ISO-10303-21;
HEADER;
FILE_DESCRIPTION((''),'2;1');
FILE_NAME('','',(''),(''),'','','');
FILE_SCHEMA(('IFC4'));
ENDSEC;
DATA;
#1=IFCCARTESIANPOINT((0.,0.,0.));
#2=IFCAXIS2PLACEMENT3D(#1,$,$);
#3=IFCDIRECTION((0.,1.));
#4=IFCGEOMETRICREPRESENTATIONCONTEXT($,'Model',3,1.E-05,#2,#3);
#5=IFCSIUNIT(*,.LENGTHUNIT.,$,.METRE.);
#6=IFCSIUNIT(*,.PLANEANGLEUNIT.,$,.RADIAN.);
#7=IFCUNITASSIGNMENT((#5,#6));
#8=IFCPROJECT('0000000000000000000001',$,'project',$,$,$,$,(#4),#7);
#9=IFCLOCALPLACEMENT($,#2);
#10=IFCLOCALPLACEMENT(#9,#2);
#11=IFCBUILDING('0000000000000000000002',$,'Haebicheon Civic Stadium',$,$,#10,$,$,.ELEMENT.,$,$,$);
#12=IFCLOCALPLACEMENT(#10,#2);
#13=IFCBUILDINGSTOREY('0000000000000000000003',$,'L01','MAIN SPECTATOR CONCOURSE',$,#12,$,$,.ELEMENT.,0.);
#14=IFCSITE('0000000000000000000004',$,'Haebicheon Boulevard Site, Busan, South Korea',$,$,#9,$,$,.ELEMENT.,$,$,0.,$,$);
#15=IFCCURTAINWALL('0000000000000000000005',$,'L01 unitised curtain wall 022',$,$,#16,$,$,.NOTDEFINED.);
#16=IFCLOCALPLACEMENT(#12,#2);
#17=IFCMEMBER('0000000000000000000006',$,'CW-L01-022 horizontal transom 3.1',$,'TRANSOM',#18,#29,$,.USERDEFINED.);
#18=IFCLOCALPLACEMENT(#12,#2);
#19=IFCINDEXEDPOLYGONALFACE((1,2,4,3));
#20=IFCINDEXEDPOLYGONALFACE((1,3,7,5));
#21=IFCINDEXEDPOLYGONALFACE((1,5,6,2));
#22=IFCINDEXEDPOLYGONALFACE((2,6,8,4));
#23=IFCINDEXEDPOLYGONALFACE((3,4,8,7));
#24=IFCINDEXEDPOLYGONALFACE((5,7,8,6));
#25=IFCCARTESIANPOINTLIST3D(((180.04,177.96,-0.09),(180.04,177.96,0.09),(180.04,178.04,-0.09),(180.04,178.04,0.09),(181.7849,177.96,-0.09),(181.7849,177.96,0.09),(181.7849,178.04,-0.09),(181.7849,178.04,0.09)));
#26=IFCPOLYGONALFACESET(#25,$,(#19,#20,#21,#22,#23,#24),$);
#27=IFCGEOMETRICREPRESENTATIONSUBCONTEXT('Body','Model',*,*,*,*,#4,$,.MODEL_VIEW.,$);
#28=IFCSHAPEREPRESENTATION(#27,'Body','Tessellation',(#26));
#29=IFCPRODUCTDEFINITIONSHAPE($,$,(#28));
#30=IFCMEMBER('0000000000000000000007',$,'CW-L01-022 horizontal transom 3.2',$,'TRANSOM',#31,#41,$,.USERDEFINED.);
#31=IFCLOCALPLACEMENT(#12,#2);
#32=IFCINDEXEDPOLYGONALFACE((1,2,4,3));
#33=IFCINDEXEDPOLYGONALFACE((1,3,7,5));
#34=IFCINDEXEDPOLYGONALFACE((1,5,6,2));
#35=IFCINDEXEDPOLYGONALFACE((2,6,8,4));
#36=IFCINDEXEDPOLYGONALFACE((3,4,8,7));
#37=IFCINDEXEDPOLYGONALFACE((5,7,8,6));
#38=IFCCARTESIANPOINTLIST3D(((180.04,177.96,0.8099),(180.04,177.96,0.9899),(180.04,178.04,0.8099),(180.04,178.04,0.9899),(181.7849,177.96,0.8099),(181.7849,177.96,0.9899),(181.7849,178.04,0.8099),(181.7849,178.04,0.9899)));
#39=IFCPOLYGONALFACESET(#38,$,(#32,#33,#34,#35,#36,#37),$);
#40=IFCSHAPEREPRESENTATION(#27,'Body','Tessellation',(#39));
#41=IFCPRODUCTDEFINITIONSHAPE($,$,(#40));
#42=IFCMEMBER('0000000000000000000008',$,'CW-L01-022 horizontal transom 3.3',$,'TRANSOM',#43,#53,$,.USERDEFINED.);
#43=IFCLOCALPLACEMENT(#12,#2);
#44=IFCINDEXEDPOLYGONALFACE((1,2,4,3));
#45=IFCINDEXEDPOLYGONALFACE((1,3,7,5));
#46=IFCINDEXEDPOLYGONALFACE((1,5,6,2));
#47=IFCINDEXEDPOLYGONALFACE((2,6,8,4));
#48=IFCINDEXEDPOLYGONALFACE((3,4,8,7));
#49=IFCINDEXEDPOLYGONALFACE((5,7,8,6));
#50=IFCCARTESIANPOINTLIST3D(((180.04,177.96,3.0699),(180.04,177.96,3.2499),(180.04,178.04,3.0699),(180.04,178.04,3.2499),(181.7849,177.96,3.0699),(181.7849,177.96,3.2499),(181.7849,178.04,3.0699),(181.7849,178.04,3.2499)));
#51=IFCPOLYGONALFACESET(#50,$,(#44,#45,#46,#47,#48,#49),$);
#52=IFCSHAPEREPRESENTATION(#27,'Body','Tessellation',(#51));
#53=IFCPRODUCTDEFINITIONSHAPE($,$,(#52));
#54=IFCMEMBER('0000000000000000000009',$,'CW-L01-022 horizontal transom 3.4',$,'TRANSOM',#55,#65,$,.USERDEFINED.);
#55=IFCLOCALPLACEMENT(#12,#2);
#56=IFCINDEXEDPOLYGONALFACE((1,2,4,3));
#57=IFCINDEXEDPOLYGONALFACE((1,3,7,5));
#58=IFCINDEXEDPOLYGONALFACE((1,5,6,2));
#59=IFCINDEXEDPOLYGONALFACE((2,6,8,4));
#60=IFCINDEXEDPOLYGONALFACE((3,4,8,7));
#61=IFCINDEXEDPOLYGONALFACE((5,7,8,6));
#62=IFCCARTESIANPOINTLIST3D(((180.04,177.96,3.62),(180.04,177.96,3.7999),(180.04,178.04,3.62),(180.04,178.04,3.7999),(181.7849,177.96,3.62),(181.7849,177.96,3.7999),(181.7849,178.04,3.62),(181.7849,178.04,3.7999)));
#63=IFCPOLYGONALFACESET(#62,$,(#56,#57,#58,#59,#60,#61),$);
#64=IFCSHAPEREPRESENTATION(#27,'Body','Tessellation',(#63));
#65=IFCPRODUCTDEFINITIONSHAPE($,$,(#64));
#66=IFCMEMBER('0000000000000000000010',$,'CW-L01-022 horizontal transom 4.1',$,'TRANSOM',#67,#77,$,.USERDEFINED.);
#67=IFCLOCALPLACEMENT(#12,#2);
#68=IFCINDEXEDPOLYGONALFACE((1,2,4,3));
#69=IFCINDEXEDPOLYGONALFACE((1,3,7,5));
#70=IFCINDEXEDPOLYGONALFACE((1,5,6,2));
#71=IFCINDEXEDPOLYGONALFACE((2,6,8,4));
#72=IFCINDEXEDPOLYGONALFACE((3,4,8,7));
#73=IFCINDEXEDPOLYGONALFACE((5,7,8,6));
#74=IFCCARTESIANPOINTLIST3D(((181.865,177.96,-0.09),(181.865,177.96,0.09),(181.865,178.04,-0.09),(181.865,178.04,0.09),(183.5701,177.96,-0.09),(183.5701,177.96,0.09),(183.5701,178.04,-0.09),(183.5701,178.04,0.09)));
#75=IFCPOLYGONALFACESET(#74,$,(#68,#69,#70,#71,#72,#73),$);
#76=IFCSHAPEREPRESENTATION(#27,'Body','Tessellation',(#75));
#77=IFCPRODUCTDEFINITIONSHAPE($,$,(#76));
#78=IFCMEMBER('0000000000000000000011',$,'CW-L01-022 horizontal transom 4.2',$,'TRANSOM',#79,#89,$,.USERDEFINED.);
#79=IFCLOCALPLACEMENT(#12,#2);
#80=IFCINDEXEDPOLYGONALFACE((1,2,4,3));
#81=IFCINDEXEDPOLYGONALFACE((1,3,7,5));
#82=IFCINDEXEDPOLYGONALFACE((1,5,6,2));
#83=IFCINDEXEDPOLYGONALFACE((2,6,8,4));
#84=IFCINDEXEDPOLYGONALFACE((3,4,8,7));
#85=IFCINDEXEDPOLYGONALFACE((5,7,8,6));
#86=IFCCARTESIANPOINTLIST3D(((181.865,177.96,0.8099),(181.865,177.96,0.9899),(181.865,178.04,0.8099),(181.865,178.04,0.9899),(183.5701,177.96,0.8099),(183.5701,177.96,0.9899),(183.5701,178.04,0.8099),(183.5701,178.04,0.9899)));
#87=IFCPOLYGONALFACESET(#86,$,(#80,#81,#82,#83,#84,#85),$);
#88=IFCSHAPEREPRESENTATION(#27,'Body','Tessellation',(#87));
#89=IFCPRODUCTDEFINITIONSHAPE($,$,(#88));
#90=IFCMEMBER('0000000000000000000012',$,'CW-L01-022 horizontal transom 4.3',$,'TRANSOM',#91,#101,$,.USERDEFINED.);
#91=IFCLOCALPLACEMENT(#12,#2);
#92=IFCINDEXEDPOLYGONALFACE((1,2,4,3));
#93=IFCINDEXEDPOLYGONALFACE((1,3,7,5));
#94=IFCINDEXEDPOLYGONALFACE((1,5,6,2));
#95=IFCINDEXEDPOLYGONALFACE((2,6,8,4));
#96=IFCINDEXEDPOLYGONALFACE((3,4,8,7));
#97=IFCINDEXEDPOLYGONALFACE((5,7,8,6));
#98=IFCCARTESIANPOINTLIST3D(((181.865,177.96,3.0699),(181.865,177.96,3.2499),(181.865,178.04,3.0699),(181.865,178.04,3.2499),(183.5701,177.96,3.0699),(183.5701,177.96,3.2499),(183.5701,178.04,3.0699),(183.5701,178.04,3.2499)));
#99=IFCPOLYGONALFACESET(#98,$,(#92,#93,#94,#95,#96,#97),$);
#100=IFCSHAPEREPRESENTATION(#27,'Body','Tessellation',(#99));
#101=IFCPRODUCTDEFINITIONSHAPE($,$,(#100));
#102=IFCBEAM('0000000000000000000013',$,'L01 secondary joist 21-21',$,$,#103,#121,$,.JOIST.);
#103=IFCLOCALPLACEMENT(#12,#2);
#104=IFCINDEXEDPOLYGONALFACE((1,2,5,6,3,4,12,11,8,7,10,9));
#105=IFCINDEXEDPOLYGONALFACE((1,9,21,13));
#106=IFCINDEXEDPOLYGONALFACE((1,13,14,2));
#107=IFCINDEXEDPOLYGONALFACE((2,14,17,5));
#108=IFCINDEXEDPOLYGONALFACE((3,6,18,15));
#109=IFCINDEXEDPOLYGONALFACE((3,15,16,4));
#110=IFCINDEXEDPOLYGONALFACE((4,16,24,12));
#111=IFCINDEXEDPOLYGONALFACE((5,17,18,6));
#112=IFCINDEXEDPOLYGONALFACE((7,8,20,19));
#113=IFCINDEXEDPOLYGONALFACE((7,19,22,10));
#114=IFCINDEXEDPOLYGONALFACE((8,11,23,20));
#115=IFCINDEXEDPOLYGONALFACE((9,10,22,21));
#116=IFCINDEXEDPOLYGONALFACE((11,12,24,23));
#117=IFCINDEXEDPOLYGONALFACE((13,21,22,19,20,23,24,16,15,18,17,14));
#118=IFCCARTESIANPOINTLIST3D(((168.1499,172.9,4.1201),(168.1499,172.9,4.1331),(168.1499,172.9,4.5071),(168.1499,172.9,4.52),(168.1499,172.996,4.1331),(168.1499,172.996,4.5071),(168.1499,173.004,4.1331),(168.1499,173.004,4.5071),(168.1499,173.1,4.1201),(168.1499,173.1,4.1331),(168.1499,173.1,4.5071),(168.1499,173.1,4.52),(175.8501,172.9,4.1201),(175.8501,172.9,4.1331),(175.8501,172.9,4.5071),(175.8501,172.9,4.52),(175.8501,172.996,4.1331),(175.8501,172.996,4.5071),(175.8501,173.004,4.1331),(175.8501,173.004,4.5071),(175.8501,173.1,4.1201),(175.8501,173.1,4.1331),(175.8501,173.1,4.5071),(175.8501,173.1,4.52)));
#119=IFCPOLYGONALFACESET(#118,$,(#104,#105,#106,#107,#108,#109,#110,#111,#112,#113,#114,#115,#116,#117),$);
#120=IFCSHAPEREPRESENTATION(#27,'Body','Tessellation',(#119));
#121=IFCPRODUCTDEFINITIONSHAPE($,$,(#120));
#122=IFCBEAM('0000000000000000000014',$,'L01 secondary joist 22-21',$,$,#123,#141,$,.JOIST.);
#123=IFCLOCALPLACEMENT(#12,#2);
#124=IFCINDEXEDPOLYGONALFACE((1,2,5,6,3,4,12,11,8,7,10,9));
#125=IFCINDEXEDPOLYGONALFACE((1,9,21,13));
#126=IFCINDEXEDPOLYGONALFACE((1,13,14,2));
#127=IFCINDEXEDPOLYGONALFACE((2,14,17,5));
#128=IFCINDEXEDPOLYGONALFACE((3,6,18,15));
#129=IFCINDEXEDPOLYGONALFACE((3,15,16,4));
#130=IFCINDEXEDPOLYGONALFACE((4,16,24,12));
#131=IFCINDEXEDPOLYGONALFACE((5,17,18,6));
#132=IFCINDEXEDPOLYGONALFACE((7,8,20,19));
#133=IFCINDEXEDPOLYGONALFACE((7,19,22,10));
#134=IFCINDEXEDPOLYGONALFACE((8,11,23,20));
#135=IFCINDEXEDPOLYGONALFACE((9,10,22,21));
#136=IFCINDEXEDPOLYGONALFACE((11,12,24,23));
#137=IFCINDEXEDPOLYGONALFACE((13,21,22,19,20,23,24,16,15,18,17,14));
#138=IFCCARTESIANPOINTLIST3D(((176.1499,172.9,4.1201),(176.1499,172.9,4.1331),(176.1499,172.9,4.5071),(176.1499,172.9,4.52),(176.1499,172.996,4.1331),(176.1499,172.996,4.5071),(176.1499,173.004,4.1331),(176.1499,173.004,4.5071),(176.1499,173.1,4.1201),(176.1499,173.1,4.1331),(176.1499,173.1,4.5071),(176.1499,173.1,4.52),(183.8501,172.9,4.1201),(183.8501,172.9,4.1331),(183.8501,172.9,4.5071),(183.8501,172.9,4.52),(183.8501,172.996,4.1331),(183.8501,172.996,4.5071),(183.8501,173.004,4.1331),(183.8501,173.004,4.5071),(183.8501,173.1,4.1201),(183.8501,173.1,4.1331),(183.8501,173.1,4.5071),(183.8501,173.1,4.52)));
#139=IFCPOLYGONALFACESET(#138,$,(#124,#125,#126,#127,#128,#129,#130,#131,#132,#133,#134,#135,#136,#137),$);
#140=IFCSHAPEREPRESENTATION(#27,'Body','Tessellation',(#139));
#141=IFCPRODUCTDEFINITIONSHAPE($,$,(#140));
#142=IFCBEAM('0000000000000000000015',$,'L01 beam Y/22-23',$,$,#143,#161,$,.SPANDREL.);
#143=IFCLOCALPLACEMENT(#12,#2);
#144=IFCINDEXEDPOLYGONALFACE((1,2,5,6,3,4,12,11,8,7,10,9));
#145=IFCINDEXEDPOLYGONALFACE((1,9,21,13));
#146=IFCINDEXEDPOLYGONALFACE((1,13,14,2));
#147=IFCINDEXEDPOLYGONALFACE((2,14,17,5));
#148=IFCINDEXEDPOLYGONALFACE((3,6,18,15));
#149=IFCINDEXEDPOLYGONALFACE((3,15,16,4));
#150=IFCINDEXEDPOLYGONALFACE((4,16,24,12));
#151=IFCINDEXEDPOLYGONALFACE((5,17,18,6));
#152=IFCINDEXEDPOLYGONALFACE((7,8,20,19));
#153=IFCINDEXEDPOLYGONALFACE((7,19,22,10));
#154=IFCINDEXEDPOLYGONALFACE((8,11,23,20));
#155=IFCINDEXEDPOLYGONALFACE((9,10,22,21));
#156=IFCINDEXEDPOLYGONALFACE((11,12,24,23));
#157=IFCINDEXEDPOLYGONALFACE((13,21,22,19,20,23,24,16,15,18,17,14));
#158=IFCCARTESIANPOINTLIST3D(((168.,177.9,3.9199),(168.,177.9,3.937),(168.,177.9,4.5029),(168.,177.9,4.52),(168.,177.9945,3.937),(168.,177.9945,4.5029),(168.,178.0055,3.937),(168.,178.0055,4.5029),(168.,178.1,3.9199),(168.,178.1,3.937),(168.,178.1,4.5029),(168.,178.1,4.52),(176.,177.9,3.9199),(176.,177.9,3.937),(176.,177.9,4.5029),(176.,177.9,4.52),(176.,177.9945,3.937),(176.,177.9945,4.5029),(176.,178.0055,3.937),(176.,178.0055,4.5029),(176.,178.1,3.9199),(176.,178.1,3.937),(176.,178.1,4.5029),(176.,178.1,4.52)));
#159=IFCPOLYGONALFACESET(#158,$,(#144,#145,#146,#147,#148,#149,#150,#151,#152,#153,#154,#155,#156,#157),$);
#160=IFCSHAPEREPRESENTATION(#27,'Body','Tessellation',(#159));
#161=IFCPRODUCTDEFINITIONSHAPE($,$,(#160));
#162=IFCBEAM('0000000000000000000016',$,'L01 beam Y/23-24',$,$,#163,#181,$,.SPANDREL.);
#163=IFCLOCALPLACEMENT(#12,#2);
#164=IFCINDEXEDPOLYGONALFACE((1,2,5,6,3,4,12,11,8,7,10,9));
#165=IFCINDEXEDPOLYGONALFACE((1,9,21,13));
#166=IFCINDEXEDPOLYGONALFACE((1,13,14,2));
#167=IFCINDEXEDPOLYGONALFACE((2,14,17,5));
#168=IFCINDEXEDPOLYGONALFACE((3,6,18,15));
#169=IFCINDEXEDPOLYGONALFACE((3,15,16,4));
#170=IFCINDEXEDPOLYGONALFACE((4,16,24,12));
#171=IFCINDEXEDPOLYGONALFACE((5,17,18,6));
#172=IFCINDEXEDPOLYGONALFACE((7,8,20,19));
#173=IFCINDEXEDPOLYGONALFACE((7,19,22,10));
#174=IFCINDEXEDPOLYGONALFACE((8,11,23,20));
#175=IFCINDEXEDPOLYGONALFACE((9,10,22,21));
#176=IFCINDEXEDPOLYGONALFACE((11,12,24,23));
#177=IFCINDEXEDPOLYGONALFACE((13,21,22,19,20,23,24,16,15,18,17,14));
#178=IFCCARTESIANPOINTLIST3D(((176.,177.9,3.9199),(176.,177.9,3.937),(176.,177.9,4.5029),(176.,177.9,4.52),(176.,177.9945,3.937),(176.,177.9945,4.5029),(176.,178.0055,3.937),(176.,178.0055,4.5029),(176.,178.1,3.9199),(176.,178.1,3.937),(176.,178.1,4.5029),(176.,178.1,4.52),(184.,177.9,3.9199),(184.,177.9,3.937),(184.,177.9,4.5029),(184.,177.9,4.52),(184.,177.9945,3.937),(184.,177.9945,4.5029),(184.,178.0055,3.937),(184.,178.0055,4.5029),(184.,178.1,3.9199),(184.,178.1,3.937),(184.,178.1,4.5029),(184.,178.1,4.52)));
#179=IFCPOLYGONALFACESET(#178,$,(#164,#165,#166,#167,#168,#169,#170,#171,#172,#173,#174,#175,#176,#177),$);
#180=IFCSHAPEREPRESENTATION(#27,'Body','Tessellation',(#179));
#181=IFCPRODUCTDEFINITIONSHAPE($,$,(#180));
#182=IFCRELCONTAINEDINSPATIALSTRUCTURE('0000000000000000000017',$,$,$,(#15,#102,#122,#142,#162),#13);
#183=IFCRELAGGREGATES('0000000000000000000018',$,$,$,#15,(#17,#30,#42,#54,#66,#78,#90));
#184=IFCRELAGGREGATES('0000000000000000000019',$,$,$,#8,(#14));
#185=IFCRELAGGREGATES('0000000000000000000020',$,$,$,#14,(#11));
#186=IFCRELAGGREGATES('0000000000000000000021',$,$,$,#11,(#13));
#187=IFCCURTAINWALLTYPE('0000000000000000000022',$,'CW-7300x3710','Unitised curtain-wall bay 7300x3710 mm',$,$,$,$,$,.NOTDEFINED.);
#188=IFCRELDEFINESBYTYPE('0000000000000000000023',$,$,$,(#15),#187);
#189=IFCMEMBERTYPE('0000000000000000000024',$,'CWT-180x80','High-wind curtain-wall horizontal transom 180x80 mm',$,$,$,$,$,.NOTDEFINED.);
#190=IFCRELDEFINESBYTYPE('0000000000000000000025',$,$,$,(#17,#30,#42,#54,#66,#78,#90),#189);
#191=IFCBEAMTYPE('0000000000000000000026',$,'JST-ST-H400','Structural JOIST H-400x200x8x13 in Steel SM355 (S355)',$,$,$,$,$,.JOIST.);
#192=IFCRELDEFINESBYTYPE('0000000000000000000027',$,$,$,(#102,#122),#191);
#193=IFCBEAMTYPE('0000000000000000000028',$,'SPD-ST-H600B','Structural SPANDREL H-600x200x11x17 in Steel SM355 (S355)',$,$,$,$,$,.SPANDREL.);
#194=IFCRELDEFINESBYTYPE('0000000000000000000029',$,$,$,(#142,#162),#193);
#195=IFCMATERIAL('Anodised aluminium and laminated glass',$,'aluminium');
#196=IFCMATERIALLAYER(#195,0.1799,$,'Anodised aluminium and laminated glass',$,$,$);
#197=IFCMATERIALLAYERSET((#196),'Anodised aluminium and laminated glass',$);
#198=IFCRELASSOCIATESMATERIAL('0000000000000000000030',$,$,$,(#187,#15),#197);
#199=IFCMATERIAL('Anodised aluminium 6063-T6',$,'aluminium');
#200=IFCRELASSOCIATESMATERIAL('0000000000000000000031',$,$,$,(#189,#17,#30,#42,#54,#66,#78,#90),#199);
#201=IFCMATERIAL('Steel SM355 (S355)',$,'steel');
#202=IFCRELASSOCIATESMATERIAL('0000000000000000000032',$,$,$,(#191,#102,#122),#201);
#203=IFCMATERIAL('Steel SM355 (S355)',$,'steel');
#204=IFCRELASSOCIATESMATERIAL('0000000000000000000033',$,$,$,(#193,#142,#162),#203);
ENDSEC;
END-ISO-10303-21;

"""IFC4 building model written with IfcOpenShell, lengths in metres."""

from ifc_helpers import new_model, si_unit, direction, frame, origin, origin_2d, place, context, subcontext, project, spatial, rectangle, i_section, extrude, material, layer, layer_set, material_profile, profile_set, type_object, element, aggregate, save


model = new_model("IFC4")

# Units and contexts
model_context = context("Model", 3, precision=1e-05, world=origin(), true_north=direction((0.0, 1.0)))
body_context = subcontext(model_context, "Body", "Model", "MODEL_VIEW")
ifc_project = project(units=[si_unit("LENGTHUNIT", "METRE"), si_unit("PLANEANGLEUNIT", "RADIAN")], contexts=[model_context])

# Site, building, storey
site_placement = place(None, origin())
site = spatial("IfcSite", under=ifc_project, at=site_placement, Name="Haebicheon Boulevard Site, Busan, South Korea", CompositionType="ELEMENT", RefElevation=0.0)
building_placement = place(site_placement, origin())
building = spatial("IfcBuilding", under=site, at=building_placement, Name="Haebicheon Civic Stadium", CompositionType="ELEMENT")
storey_placement = place(building_placement, origin())
storey = spatial("IfcBuildingStorey", under=building, at=storey_placement, Name="L01", Description="MAIN SPECTATOR CONCOURSE", CompositionType="ELEMENT", Elevation=0.0)

# Curtain wall, members
ifc_material_1 = material(Name="Anodised aluminium and laminated glass", Category="aluminium")
ifc_layer_1 = layer(ifc_material_1, 0.1799, Name="Anodised aluminium and laminated glass")
ifc_layer_set_1 = layer_set([ifc_layer_1], Name="Anodised aluminium and laminated glass")
curtain_wall_type = type_object("IfcCurtainWallType", Name="CW-7300x3710", Description="Unitised curtain-wall bay 7300x3710 mm", PredefinedType="NOTDEFINED", material=ifc_layer_set_1)
curtain_wall_placement = place(storey_placement, origin())
curtain_wall = element("IfcCurtainWall", 1, at=curtain_wall_placement, inside=storey, type_object=curtain_wall_type, material=ifc_layer_set_1, Name="L01 unitised curtain wall 022", PredefinedType="NOTDEFINED")
ifc_material_2 = material(Name="Anodised aluminium 6063-T6", Category="aluminium")
ifc_material_profile_1 = material_profile(ifc_material_2, rectangle(XDim=0.0801, YDim=0.1799, at=origin_2d()), Name="ALU-TRAN-80x180")
ifc_profile_set_1 = profile_set([ifc_material_profile_1], Name="Anodised aluminium 6063-T6")
member_type_1 = type_object("IfcMemberType", Name="CWT-180x80", Description="High-wind curtain-wall horizontal transom 180x80 mm", PredefinedType="NOTDEFINED", material=ifc_profile_set_1)
member_1_placement = place(storey_placement, frame((180.04, 178.0, 0.0), z_axis=(1.0, 0.0, 0.0), x_axis=(0.0, 1.0, 0.0)))
member_1 = element("IfcMember", 2, at=member_1_placement, type_object=member_type_1, material=ifc_profile_set_1, Name="CW-L01-022 horizontal transom 3.1", ObjectType="TRANSOM", PredefinedType="USERDEFINED", context=body_context, shape_type="SweptSolid", body=[
    extrude(rectangle(XDim=0.0801, YDim=0.1799, at=origin_2d()), origin(), (0.0, 0.0, 1.0), 1.7449),
])
member_2_placement = place(storey_placement, frame((180.04, 178.0, 0.8999), z_axis=(1.0, 0.0, 0.0), x_axis=(0.0, 1.0, 0.0)))
member_2 = element("IfcMember", 3, at=member_2_placement, type_object=member_type_1, material=ifc_profile_set_1, Name="CW-L01-022 horizontal transom 3.2", ObjectType="TRANSOM", PredefinedType="USERDEFINED", context=body_context, shape_type="SweptSolid", body=[
    extrude(rectangle(XDim=0.0801, YDim=0.1799, at=origin_2d()), origin(), (0.0, 0.0, 1.0), 1.7449),
])
member_3_placement = place(storey_placement, frame((180.04, 178.0, 3.1599), z_axis=(1.0, 0.0, 0.0), x_axis=(0.0, 1.0, 0.0)))
member_3 = element("IfcMember", 4, at=member_3_placement, type_object=member_type_1, material=ifc_profile_set_1, Name="CW-L01-022 horizontal transom 3.3", ObjectType="TRANSOM", PredefinedType="USERDEFINED", context=body_context, shape_type="SweptSolid", body=[
    extrude(rectangle(XDim=0.0801, YDim=0.1799, at=origin_2d()), origin(), (0.0, 0.0, 1.0), 1.7449),
])
member_4_placement = place(storey_placement, frame((180.04, 178.0, 3.71), z_axis=(1.0, 0.0, 0.0), x_axis=(0.0, 1.0, 0.0)))
member_4 = element("IfcMember", 5, at=member_4_placement, type_object=member_type_1, material=ifc_profile_set_1, Name="CW-L01-022 horizontal transom 3.4", ObjectType="TRANSOM", PredefinedType="USERDEFINED", context=body_context, shape_type="SweptSolid", body=[
    extrude(rectangle(XDim=0.0801, YDim=0.1799, at=origin_2d()), origin(), (0.0, 0.0, 1.0), 1.7449),
])
member_5_placement = place(storey_placement, frame((181.865, 178.0, 0.0), z_axis=(1.0, 0.0, 0.0), x_axis=(0.0, 1.0, 0.0)))
member_5 = element("IfcMember", 6, at=member_5_placement, type_object=member_type_1, material=ifc_profile_set_1, Name="CW-L01-022 horizontal transom 4.1", ObjectType="TRANSOM", PredefinedType="USERDEFINED", context=body_context, shape_type="SweptSolid", body=[
    extrude(rectangle(XDim=0.0801, YDim=0.1799, at=origin_2d()), origin(), (0.0, 0.0, 1.0), 1.7051),
])
member_6_placement = place(storey_placement, frame((181.865, 178.0, 0.8999), z_axis=(1.0, 0.0, 0.0), x_axis=(0.0, 1.0, 0.0)))
member_6 = element("IfcMember", 7, at=member_6_placement, type_object=member_type_1, material=ifc_profile_set_1, Name="CW-L01-022 horizontal transom 4.2", ObjectType="TRANSOM", PredefinedType="USERDEFINED", context=body_context, shape_type="SweptSolid", body=[
    extrude(rectangle(XDim=0.0801, YDim=0.1799, at=origin_2d()), origin(), (0.0, 0.0, 1.0), 1.7051),
])
member_7_placement = place(storey_placement, frame((181.865, 178.0, 3.1599), z_axis=(1.0, 0.0, 0.0), x_axis=(0.0, 1.0, 0.0)))
member_7 = element("IfcMember", 8, at=member_7_placement, type_object=member_type_1, material=ifc_profile_set_1, Name="CW-L01-022 horizontal transom 4.3", ObjectType="TRANSOM", PredefinedType="USERDEFINED", context=body_context, shape_type="SweptSolid", body=[
    extrude(rectangle(XDim=0.0801, YDim=0.1799, at=origin_2d()), origin(), (0.0, 0.0, 1.0), 1.7051),
])

# Beams
ifc_material_3 = material(Name="Steel SM355 (S355)", Category="steel")
ifc_material_profile_2 = material_profile(ifc_material_3, i_section(OverallWidth=0.2, OverallDepth=0.3999, WebThickness=0.0081, FlangeThickness=0.0129, at=origin_2d()), Name="H-400x200x8x13")
ifc_profile_set_2 = profile_set([ifc_material_profile_2], Name="Steel SM355 (S355)")
beam_type_1 = type_object("IfcBeamType", Name="JST-ST-H400", Description="Structural JOIST H-400x200x8x13 in Steel SM355 (S355)", PredefinedType="JOIST", material=ifc_profile_set_2)
for number, where, z_axis, x_axis, name in (
    (9, (168.1499, 173.0, 4.3201), (1.0, 0.0, 0.0), (0.0, 1.0, 0.0), "L01 secondary joist 21-21"),
    (10, (176.1499, 173.0, 4.3201), (1.0, 0.0, 0.0), (0.0, 1.0, 0.0), "L01 secondary joist 22-21"),
):
    element("IfcBeam", number, at=place(storey_placement, frame(where, z_axis=z_axis, x_axis=x_axis)), inside=storey, type_object=beam_type_1, material=ifc_profile_set_2, Name=name, PredefinedType="JOIST", context=body_context, shape_type="SweptSolid", body=[
        extrude(i_section(OverallWidth=0.2, OverallDepth=0.3999, WebThickness=0.0081, FlangeThickness=0.0129, at=origin_2d()), origin(), (0.0, 0.0, 1.0), 7.7002),
    ])
ifc_material_4 = material(Name="Steel SM355 (S355)", Category="steel")
ifc_material_profile_3 = material_profile(ifc_material_4, i_section(OverallWidth=0.2, OverallDepth=0.6001, WebThickness=0.011, FlangeThickness=0.0171, at=origin_2d()), Name="H-600x200x11x17")
ifc_profile_set_3 = profile_set([ifc_material_profile_3], Name="Steel SM355 (S355)")
beam_type_2 = type_object("IfcBeamType", Name="SPD-ST-H600B", Description="Structural SPANDREL H-600x200x11x17 in Steel SM355 (S355)", PredefinedType="SPANDREL", material=ifc_profile_set_3)
for number, where, z_axis, x_axis, name in (
    (11, (168.0, 178.0, 4.22), (1.0, 0.0, 0.0), (0.0, 1.0, 0.0), "L01 beam Y/22-23"),
    (12, (176.0, 178.0, 4.22), (1.0, 0.0, 0.0), (0.0, 1.0, 0.0), "L01 beam Y/23-24"),
):
    element("IfcBeam", number, at=place(storey_placement, frame(where, z_axis=z_axis, x_axis=x_axis)), inside=storey, type_object=beam_type_2, material=ifc_profile_set_3, Name=name, PredefinedType="SPANDREL", context=body_context, shape_type="SweptSolid", body=[
        extrude(i_section(OverallWidth=0.2, OverallDepth=0.6001, WebThickness=0.011, FlangeThickness=0.0171, at=origin_2d()), origin(), (0.0, 0.0, 1.0), 8.0),
    ])

aggregate(curtain_wall, [member_1, member_2, member_3, member_4, member_5, member_6, member_7])

save(model, "model.ifc")
